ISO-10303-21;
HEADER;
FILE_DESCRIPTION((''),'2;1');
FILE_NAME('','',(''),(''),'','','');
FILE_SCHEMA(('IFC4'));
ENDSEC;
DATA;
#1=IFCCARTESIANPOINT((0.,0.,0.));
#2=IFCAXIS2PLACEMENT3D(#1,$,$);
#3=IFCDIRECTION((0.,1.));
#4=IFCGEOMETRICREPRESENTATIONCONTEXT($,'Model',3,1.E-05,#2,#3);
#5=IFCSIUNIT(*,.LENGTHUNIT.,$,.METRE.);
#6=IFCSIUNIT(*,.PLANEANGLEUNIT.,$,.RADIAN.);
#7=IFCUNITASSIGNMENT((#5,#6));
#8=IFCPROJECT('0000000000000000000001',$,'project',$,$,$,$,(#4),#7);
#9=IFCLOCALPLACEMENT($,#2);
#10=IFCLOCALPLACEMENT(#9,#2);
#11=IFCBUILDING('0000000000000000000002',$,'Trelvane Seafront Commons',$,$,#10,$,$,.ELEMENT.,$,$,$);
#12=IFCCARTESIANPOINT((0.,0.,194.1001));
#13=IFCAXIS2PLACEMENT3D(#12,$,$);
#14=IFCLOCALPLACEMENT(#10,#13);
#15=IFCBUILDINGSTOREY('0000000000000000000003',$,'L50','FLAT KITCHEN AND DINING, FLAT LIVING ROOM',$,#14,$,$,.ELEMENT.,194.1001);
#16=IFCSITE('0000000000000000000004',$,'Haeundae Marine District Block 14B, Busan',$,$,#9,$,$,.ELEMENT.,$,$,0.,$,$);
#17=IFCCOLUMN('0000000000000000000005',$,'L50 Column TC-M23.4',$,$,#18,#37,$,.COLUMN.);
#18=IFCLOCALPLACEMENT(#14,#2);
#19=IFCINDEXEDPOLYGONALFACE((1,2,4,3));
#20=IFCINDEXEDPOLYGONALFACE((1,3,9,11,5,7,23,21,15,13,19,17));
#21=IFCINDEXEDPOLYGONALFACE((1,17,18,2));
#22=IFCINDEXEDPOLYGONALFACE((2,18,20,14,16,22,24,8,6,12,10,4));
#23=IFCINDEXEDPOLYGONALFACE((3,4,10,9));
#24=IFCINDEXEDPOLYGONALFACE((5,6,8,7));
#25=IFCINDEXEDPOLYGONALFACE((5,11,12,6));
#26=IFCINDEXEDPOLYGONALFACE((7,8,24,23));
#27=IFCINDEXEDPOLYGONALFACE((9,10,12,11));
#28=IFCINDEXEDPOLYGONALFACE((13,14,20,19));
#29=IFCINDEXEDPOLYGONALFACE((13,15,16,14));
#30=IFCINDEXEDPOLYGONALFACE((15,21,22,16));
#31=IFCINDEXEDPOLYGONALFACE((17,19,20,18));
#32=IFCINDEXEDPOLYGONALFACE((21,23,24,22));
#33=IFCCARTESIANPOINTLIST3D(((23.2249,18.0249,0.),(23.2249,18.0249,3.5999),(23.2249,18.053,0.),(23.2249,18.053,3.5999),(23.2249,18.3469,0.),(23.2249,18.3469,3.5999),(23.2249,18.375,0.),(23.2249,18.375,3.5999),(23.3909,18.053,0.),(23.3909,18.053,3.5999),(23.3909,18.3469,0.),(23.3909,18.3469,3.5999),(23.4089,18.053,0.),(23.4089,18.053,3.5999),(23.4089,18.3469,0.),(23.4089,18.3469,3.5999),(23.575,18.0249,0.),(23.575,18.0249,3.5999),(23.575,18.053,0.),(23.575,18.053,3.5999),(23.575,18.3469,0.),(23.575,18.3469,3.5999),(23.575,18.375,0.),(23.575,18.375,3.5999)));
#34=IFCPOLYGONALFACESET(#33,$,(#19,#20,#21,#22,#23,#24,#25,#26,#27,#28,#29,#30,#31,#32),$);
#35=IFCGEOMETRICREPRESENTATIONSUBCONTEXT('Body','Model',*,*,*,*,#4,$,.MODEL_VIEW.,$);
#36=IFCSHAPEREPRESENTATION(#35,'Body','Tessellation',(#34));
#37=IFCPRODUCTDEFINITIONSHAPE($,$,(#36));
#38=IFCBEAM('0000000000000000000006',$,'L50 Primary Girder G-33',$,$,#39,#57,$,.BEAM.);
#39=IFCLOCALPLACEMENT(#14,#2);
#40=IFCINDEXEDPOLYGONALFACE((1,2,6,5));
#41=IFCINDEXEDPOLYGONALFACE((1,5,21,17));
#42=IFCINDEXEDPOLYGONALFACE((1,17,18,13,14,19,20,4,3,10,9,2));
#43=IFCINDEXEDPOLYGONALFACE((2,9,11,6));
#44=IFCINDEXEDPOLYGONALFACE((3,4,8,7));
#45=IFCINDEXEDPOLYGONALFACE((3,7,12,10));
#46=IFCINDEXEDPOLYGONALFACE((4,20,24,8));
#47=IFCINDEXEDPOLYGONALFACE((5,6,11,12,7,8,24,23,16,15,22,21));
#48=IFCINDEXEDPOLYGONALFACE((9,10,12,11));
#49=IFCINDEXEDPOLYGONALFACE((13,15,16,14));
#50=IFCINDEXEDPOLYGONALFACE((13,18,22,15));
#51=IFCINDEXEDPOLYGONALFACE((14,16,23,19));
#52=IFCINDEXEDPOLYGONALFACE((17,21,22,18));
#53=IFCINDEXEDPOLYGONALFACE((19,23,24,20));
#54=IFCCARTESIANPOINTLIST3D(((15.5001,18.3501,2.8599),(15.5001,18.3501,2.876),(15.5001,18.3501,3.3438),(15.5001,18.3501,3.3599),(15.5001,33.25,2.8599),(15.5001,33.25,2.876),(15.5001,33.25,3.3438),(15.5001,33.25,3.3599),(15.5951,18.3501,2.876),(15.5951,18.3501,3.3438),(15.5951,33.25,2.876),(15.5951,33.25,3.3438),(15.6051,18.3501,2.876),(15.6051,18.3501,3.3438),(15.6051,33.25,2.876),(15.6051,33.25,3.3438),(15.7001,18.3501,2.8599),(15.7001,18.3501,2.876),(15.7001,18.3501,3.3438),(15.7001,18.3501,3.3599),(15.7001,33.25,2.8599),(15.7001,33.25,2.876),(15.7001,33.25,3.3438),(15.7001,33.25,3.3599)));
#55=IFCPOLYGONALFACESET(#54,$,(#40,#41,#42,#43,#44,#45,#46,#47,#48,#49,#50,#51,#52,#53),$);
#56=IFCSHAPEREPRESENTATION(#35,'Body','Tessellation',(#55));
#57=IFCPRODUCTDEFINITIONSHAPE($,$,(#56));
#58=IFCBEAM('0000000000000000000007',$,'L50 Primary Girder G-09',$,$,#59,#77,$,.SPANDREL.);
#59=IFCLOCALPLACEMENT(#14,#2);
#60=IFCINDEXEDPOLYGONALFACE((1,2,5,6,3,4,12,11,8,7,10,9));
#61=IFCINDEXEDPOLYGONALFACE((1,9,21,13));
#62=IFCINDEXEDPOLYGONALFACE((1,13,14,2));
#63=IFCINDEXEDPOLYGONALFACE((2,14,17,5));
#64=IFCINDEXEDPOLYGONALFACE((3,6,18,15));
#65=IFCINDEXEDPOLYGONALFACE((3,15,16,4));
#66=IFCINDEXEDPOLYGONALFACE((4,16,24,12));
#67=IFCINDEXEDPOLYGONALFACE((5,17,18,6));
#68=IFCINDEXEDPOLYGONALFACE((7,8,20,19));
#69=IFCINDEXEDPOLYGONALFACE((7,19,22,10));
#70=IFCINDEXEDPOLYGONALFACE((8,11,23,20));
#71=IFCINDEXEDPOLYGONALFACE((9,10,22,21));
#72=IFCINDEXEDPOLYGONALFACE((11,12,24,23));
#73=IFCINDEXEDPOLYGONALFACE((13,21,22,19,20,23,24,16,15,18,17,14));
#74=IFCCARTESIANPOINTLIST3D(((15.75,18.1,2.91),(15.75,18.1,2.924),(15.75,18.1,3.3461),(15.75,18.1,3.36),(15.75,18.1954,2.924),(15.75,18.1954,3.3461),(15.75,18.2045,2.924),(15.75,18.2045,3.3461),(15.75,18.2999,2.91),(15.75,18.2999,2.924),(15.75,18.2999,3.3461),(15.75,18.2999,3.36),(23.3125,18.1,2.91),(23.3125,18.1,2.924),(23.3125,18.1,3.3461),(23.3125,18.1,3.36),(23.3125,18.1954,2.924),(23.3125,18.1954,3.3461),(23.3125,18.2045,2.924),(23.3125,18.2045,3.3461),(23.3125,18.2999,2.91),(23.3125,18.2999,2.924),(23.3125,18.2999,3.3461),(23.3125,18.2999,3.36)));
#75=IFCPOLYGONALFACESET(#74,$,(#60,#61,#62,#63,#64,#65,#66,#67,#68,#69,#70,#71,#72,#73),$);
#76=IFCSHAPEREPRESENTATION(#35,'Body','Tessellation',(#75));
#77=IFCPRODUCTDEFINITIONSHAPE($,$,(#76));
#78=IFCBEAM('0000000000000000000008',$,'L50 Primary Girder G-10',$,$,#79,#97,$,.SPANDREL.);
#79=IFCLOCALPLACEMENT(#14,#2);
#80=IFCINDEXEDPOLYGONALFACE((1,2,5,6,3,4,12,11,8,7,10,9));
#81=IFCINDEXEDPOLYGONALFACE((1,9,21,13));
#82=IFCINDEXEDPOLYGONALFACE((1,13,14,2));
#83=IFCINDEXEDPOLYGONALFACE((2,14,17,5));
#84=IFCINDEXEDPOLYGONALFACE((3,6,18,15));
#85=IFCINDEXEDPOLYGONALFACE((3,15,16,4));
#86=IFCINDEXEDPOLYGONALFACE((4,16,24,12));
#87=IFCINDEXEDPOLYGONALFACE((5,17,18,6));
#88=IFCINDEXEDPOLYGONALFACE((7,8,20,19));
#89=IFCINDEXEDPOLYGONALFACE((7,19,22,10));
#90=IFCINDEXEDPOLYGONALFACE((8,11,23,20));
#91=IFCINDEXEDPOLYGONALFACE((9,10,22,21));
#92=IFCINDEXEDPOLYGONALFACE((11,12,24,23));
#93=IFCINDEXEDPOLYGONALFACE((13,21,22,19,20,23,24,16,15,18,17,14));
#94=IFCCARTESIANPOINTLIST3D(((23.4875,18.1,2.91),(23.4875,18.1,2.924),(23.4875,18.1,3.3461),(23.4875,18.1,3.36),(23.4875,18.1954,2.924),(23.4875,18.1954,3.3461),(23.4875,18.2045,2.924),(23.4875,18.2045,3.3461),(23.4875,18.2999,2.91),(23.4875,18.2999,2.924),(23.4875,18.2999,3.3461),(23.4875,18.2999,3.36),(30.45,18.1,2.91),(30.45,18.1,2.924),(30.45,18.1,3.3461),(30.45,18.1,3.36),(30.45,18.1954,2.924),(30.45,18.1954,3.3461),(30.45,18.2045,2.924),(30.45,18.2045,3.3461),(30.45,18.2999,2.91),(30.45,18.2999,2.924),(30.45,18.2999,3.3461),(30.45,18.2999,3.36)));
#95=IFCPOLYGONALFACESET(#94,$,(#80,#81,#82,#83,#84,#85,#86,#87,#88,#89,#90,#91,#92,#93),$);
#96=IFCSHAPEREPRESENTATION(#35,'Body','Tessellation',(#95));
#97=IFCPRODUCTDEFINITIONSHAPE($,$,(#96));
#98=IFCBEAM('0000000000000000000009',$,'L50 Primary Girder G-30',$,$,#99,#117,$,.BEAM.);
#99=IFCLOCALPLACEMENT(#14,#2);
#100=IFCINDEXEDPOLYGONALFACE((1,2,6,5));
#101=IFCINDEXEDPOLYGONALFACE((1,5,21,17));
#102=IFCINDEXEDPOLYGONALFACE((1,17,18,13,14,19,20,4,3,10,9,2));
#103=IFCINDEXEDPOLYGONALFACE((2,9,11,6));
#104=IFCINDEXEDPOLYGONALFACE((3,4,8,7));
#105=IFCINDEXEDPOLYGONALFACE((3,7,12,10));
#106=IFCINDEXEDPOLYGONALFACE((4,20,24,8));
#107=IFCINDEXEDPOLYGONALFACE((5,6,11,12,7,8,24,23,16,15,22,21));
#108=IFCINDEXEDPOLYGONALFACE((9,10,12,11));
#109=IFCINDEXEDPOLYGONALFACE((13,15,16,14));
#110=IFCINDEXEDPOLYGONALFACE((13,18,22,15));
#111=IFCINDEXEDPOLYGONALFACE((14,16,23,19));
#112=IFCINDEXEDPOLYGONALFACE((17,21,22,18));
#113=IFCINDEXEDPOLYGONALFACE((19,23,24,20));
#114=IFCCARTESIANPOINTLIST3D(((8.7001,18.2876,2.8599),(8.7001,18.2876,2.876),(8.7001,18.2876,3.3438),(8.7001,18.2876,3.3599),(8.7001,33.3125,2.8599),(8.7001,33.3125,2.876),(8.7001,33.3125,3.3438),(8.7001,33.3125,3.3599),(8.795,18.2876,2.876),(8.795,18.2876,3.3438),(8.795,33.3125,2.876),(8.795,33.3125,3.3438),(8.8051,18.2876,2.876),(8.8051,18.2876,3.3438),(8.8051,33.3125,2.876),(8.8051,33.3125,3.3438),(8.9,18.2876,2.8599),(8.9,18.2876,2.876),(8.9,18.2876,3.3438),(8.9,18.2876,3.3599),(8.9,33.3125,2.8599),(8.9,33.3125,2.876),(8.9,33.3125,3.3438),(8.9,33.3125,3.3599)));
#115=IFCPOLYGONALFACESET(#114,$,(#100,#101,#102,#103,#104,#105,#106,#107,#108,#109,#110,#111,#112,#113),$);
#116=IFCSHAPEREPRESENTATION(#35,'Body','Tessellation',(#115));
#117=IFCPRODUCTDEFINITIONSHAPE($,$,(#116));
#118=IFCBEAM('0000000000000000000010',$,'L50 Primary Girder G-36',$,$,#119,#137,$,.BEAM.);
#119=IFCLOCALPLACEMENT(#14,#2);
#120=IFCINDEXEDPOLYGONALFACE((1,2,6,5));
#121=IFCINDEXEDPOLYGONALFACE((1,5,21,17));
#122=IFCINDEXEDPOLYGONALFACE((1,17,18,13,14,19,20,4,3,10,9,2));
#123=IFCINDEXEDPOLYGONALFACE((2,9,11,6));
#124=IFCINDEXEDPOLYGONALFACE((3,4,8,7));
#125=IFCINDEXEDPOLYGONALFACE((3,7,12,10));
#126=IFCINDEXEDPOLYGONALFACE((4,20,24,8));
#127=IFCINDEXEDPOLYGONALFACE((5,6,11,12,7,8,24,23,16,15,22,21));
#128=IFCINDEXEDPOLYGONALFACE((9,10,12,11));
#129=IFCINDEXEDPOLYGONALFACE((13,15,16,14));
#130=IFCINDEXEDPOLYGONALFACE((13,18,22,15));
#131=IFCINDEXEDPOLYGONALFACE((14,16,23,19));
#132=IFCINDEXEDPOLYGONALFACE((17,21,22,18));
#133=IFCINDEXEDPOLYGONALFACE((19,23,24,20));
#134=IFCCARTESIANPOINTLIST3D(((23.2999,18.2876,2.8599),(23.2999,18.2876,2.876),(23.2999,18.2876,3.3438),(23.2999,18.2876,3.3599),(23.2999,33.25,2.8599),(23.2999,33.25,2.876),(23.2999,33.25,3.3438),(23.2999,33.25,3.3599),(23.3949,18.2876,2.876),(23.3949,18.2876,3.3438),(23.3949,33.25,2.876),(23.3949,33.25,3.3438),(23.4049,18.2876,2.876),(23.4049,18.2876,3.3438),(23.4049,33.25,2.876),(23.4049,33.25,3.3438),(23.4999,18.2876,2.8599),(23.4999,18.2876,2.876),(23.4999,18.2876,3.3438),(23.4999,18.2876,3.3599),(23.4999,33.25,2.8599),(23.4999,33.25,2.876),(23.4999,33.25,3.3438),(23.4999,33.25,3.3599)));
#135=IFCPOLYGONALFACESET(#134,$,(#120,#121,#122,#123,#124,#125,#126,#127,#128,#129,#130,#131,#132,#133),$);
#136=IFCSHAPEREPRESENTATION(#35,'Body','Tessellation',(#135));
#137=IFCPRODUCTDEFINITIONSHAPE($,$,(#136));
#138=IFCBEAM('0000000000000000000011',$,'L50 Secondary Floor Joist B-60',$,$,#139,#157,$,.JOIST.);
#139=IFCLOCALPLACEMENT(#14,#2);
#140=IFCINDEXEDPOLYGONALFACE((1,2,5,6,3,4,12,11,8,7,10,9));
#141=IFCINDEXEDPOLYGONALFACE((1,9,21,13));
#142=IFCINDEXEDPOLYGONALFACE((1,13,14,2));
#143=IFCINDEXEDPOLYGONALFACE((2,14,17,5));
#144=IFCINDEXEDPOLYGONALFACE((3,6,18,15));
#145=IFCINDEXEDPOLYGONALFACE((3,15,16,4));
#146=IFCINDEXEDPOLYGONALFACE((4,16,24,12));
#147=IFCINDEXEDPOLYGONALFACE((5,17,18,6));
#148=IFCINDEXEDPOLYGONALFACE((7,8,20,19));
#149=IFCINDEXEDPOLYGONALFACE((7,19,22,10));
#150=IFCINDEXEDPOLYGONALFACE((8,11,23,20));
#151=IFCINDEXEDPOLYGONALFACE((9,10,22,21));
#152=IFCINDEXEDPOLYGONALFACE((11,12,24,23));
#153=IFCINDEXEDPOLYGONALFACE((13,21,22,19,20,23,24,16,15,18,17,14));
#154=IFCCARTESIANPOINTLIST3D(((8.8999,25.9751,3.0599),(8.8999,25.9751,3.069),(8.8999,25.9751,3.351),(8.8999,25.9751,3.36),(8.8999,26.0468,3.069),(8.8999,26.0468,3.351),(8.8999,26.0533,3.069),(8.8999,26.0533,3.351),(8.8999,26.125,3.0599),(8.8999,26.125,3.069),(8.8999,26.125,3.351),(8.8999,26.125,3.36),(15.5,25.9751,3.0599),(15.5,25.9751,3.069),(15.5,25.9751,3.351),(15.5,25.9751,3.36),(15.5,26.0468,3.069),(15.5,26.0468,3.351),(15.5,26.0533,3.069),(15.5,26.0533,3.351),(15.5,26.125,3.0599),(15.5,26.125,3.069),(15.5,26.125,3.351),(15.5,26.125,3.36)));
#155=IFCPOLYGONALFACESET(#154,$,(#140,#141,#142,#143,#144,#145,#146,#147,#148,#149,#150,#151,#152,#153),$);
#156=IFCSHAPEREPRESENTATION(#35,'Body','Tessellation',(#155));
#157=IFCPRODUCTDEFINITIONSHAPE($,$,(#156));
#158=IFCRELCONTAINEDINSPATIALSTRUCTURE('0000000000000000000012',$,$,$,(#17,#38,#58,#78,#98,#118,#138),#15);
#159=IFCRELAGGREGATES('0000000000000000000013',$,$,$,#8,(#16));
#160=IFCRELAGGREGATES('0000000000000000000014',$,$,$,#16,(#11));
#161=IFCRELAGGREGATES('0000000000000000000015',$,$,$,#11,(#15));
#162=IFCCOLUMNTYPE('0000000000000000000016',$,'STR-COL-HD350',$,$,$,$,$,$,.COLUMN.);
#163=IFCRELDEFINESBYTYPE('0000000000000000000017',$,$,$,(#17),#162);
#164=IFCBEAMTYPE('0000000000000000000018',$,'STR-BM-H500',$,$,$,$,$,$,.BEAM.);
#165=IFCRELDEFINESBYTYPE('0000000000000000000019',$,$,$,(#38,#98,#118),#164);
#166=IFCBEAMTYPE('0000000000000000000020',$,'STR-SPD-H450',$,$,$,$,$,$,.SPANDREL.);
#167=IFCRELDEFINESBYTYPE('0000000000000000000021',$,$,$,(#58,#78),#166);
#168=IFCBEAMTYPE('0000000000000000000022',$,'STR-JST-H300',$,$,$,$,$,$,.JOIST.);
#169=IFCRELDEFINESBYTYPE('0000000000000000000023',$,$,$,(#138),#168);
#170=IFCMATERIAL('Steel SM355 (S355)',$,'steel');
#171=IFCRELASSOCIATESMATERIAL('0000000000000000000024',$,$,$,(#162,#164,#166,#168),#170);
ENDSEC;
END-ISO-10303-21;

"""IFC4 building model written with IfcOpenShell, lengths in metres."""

from ifc_helpers import new_model, si_unit, direction, frame, origin, origin_2d, place, context, subcontext, project, spatial, i_section, extrude, source, transform, mapped, material, material_profile, profile_set, type_object, element, save


model = new_model("IFC4")

# Units and contexts
model_context = context("Model", 3, precision=1e-05, world=origin(), true_north=direction((0.0, 1.0)))
body_context = subcontext(model_context, "Body", "Model", "MODEL_VIEW")
ifc_project = project(units=[si_unit("LENGTHUNIT", "METRE"), si_unit("PLANEANGLEUNIT", "RADIAN")], contexts=[model_context])

# Site, building, storey
site_placement = place(None, origin())
site = spatial("IfcSite", under=ifc_project, at=site_placement, Name="Haeundae Marine District Block 14B, Busan", CompositionType="ELEMENT", RefElevation=0.0)
building_placement = place(site_placement, origin())
building = spatial("IfcBuilding", under=site, at=building_placement, Name="Trelvane Seafront Commons", CompositionType="ELEMENT")
storey_placement = place(building_placement, frame((0.0, 0.0, 194.1001)))
storey = spatial("IfcBuildingStorey", under=building, at=storey_placement, Name="L50", Description="FLAT KITCHEN AND DINING, FLAT LIVING ROOM", CompositionType="ELEMENT", Elevation=194.1001)

# Column
ifc_material_1 = material(Name="Steel SM355 (S355)", Category="steel")
ifc_material_profile_1 = material_profile(ifc_material_1, i_section(OverallWidth=0.3501, OverallDepth=0.3501, WebThickness=0.0181, FlangeThickness=0.0281, at=origin_2d()), Name="HD-350x350x18x28")
ifc_profile_set_1 = profile_set([ifc_material_profile_1], Name="Steel SM355 (S355)")
column_type = type_object("IfcColumnType", Name="STR-COL-HD350", PredefinedType="COLUMN", material=ifc_profile_set_1)
shared_shape_1 = source(origin(), body_context, "Body", "SweptSolid", [
    extrude(i_section(OverallWidth=0.3501, OverallDepth=0.3501, WebThickness=0.0181, FlangeThickness=0.0281, at=origin_2d()), origin(), (0.0, 0.0, 1.0), 3.5999),
])
column_placement = place(storey_placement, frame((23.3999, 18.2, 0.0), z_axis=(0.0, 0.0, 1.0), x_axis=(1.0, 0.0, 0.0)))
element("IfcColumn", 1, at=column_placement, inside=storey, type_object=column_type, Name="L50 Column TC-M23.4", PredefinedType="COLUMN", context=body_context, shape_type="MappedRepresentation", body=[
    mapped(shared_shape_1, transform((0.0, 0.0, 0.0), x_axis=(1.0, 0.0, 0.0), y_axis=(0.0, 1.0, 0.0), z_axis=(0.0, 0.0, 1.0), scale=1.0)),
])

# Beams
ifc_material_profile_2 = material_profile(ifc_material_1, i_section(OverallWidth=0.2, OverallDepth=0.5, WebThickness=0.01, FlangeThickness=0.0161, at=origin_2d()), Name="H-500x200x10x16")
ifc_profile_set_2 = profile_set([ifc_material_profile_2], Name="Steel SM355 (S355)")
beam_type_1 = type_object("IfcBeamType", Name="STR-BM-H500", PredefinedType="BEAM", material=ifc_profile_set_2)
shared_shape_2 = source(origin(), body_context, "Body", "SweptSolid", [
    extrude(i_section(OverallWidth=0.2, OverallDepth=0.5, WebThickness=0.01, FlangeThickness=0.0161, at=origin_2d()), origin(), (0.0, 0.0, 1.0), 14.8999),
])
beam_1_placement = place(storey_placement, frame((15.6001, 18.3501, 3.1099), z_axis=(0.0, 1.0, 0.0), x_axis=(-1.0, 0.0, 0.0)))
element("IfcBeam", 2, at=beam_1_placement, inside=storey, type_object=beam_type_1, Name="L50 Primary Girder G-33", PredefinedType="BEAM", context=body_context, shape_type="MappedRepresentation", body=[
    mapped(shared_shape_2, transform((0.0, 0.0, 0.0), x_axis=(1.0, 0.0, 0.0), y_axis=(0.0, 1.0, 0.0), z_axis=(0.0, 0.0, 1.0), scale=1.0)),
])
ifc_material_profile_3 = material_profile(ifc_material_1, i_section(OverallWidth=0.2, OverallDepth=0.45, WebThickness=0.009, FlangeThickness=0.0139, at=origin_2d()), Name="H-450x200x9x14")
ifc_profile_set_3 = profile_set([ifc_material_profile_3], Name="Steel SM355 (S355)")
beam_type_2 = type_object("IfcBeamType", Name="STR-SPD-H450", PredefinedType="SPANDREL", material=ifc_profile_set_3)
shared_shape_3 = source(origin(), body_context, "Body", "SweptSolid", [
    extrude(i_section(OverallWidth=0.2, OverallDepth=0.45, WebThickness=0.009, FlangeThickness=0.0139, at=origin_2d()), origin(), (0.0, 0.0, 1.0), 7.5625),
])
beam_2_placement = place(storey_placement, frame((15.75, 18.2, 3.135), z_axis=(1.0, 0.0, 0.0), x_axis=(0.0, 1.0, 0.0)))
element("IfcBeam", 3, at=beam_2_placement, inside=storey, type_object=beam_type_2, Name="L50 Primary Girder G-09", PredefinedType="SPANDREL", context=body_context, shape_type="MappedRepresentation", body=[
    mapped(shared_shape_3, transform((0.0, 0.0, 0.0), x_axis=(1.0, 0.0, 0.0), y_axis=(0.0, 1.0, 0.0), z_axis=(0.0, 0.0, 1.0), scale=1.0)),
])
shared_shape_4 = source(origin(), body_context, "Body", "SweptSolid", [
    extrude(i_section(OverallWidth=0.2, OverallDepth=0.45, WebThickness=0.009, FlangeThickness=0.0139, at=origin_2d()), origin(), (0.0, 0.0, 1.0), 6.9624),
])
beam_3_placement = place(storey_placement, frame((23.4875, 18.2, 3.135), z_axis=(1.0, 0.0, 0.0), x_axis=(0.0, 1.0, 0.0)))
element("IfcBeam", 4, at=beam_3_placement, inside=storey, type_object=beam_type_2, Name="L50 Primary Girder G-10", PredefinedType="SPANDREL", context=body_context, shape_type="MappedRepresentation", body=[
    mapped(shared_shape_4, transform((0.0, 0.0, 0.0), x_axis=(1.0, 0.0, 0.0), y_axis=(0.0, 1.0, 0.0), z_axis=(0.0, 0.0, 1.0), scale=1.0)),
])
shared_shape_5 = source(origin(), body_context, "Body", "SweptSolid", [
    extrude(i_section(OverallWidth=0.2, OverallDepth=0.5, WebThickness=0.01, FlangeThickness=0.0161, at=origin_2d()), origin(), (0.0, 0.0, 1.0), 15.0249),
])
beam_4_placement = place(storey_placement, frame((8.8, 18.2876, 3.1099), z_axis=(0.0, 1.0, 0.0), x_axis=(-1.0, 0.0, 0.0)))
element("IfcBeam", 5, at=beam_4_placement, inside=storey, type_object=beam_type_1, Name="L50 Primary Girder G-30", PredefinedType="BEAM", context=body_context, shape_type="MappedRepresentation", body=[
    mapped(shared_shape_5, transform((0.0, 0.0, 0.0), x_axis=(1.0, 0.0, 0.0), y_axis=(0.0, 1.0, 0.0), z_axis=(0.0, 0.0, 1.0), scale=1.0)),
])
shared_shape_6 = source(origin(), body_context, "Body", "SweptSolid", [
    extrude(i_section(OverallWidth=0.2, OverallDepth=0.5, WebThickness=0.01, FlangeThickness=0.0161, at=origin_2d()), origin(), (0.0, 0.0, 1.0), 14.9624),
])
beam_5_placement = place(storey_placement, frame((23.3999, 18.2876, 3.1099), z_axis=(0.0, 1.0, 0.0), x_axis=(-1.0, 0.0, 0.0)))
element("IfcBeam", 6, at=beam_5_placement, inside=storey, type_object=beam_type_1, Name="L50 Primary Girder G-36", PredefinedType="BEAM", context=body_context, shape_type="MappedRepresentation", body=[
    mapped(shared_shape_6, transform((0.0, 0.0, 0.0), x_axis=(1.0, 0.0, 0.0), y_axis=(0.0, 1.0, 0.0), z_axis=(0.0, 0.0, 1.0), scale=1.0)),
])
ifc_material_profile_4 = material_profile(ifc_material_1, i_section(OverallWidth=0.1499, OverallDepth=0.3, WebThickness=0.0066, FlangeThickness=0.009, at=origin_2d()), Name="H-300x150x6.5x9")
ifc_profile_set_4 = profile_set([ifc_material_profile_4], Name="Steel SM355 (S355)")
beam_type_3 = type_object("IfcBeamType", Name="STR-JST-H300", PredefinedType="JOIST", material=ifc_profile_set_4)
shared_shape_7 = source(origin(), body_context, "Body", "SweptSolid", [
    extrude(i_section(OverallWidth=0.1499, OverallDepth=0.3, WebThickness=0.0066, FlangeThickness=0.009, at=origin_2d()), origin(), (0.0, 0.0, 1.0), 6.6001),
])
beam_6_placement = place(storey_placement, frame((8.8999, 26.05, 3.21), z_axis=(1.0, 0.0, 0.0), x_axis=(0.0, 1.0, 0.0)))
element("IfcBeam", 7, at=beam_6_placement, inside=storey, type_object=beam_type_3, Name="L50 Secondary Floor Joist B-60", PredefinedType="JOIST", context=body_context, shape_type="MappedRepresentation", body=[
    mapped(shared_shape_7, transform((0.0, 0.0, 0.0), x_axis=(1.0, 0.0, 0.0), y_axis=(0.0, 1.0, 0.0), z_axis=(0.0, 0.0, 1.0), scale=1.0)),
])

save(model, "model.ifc")
